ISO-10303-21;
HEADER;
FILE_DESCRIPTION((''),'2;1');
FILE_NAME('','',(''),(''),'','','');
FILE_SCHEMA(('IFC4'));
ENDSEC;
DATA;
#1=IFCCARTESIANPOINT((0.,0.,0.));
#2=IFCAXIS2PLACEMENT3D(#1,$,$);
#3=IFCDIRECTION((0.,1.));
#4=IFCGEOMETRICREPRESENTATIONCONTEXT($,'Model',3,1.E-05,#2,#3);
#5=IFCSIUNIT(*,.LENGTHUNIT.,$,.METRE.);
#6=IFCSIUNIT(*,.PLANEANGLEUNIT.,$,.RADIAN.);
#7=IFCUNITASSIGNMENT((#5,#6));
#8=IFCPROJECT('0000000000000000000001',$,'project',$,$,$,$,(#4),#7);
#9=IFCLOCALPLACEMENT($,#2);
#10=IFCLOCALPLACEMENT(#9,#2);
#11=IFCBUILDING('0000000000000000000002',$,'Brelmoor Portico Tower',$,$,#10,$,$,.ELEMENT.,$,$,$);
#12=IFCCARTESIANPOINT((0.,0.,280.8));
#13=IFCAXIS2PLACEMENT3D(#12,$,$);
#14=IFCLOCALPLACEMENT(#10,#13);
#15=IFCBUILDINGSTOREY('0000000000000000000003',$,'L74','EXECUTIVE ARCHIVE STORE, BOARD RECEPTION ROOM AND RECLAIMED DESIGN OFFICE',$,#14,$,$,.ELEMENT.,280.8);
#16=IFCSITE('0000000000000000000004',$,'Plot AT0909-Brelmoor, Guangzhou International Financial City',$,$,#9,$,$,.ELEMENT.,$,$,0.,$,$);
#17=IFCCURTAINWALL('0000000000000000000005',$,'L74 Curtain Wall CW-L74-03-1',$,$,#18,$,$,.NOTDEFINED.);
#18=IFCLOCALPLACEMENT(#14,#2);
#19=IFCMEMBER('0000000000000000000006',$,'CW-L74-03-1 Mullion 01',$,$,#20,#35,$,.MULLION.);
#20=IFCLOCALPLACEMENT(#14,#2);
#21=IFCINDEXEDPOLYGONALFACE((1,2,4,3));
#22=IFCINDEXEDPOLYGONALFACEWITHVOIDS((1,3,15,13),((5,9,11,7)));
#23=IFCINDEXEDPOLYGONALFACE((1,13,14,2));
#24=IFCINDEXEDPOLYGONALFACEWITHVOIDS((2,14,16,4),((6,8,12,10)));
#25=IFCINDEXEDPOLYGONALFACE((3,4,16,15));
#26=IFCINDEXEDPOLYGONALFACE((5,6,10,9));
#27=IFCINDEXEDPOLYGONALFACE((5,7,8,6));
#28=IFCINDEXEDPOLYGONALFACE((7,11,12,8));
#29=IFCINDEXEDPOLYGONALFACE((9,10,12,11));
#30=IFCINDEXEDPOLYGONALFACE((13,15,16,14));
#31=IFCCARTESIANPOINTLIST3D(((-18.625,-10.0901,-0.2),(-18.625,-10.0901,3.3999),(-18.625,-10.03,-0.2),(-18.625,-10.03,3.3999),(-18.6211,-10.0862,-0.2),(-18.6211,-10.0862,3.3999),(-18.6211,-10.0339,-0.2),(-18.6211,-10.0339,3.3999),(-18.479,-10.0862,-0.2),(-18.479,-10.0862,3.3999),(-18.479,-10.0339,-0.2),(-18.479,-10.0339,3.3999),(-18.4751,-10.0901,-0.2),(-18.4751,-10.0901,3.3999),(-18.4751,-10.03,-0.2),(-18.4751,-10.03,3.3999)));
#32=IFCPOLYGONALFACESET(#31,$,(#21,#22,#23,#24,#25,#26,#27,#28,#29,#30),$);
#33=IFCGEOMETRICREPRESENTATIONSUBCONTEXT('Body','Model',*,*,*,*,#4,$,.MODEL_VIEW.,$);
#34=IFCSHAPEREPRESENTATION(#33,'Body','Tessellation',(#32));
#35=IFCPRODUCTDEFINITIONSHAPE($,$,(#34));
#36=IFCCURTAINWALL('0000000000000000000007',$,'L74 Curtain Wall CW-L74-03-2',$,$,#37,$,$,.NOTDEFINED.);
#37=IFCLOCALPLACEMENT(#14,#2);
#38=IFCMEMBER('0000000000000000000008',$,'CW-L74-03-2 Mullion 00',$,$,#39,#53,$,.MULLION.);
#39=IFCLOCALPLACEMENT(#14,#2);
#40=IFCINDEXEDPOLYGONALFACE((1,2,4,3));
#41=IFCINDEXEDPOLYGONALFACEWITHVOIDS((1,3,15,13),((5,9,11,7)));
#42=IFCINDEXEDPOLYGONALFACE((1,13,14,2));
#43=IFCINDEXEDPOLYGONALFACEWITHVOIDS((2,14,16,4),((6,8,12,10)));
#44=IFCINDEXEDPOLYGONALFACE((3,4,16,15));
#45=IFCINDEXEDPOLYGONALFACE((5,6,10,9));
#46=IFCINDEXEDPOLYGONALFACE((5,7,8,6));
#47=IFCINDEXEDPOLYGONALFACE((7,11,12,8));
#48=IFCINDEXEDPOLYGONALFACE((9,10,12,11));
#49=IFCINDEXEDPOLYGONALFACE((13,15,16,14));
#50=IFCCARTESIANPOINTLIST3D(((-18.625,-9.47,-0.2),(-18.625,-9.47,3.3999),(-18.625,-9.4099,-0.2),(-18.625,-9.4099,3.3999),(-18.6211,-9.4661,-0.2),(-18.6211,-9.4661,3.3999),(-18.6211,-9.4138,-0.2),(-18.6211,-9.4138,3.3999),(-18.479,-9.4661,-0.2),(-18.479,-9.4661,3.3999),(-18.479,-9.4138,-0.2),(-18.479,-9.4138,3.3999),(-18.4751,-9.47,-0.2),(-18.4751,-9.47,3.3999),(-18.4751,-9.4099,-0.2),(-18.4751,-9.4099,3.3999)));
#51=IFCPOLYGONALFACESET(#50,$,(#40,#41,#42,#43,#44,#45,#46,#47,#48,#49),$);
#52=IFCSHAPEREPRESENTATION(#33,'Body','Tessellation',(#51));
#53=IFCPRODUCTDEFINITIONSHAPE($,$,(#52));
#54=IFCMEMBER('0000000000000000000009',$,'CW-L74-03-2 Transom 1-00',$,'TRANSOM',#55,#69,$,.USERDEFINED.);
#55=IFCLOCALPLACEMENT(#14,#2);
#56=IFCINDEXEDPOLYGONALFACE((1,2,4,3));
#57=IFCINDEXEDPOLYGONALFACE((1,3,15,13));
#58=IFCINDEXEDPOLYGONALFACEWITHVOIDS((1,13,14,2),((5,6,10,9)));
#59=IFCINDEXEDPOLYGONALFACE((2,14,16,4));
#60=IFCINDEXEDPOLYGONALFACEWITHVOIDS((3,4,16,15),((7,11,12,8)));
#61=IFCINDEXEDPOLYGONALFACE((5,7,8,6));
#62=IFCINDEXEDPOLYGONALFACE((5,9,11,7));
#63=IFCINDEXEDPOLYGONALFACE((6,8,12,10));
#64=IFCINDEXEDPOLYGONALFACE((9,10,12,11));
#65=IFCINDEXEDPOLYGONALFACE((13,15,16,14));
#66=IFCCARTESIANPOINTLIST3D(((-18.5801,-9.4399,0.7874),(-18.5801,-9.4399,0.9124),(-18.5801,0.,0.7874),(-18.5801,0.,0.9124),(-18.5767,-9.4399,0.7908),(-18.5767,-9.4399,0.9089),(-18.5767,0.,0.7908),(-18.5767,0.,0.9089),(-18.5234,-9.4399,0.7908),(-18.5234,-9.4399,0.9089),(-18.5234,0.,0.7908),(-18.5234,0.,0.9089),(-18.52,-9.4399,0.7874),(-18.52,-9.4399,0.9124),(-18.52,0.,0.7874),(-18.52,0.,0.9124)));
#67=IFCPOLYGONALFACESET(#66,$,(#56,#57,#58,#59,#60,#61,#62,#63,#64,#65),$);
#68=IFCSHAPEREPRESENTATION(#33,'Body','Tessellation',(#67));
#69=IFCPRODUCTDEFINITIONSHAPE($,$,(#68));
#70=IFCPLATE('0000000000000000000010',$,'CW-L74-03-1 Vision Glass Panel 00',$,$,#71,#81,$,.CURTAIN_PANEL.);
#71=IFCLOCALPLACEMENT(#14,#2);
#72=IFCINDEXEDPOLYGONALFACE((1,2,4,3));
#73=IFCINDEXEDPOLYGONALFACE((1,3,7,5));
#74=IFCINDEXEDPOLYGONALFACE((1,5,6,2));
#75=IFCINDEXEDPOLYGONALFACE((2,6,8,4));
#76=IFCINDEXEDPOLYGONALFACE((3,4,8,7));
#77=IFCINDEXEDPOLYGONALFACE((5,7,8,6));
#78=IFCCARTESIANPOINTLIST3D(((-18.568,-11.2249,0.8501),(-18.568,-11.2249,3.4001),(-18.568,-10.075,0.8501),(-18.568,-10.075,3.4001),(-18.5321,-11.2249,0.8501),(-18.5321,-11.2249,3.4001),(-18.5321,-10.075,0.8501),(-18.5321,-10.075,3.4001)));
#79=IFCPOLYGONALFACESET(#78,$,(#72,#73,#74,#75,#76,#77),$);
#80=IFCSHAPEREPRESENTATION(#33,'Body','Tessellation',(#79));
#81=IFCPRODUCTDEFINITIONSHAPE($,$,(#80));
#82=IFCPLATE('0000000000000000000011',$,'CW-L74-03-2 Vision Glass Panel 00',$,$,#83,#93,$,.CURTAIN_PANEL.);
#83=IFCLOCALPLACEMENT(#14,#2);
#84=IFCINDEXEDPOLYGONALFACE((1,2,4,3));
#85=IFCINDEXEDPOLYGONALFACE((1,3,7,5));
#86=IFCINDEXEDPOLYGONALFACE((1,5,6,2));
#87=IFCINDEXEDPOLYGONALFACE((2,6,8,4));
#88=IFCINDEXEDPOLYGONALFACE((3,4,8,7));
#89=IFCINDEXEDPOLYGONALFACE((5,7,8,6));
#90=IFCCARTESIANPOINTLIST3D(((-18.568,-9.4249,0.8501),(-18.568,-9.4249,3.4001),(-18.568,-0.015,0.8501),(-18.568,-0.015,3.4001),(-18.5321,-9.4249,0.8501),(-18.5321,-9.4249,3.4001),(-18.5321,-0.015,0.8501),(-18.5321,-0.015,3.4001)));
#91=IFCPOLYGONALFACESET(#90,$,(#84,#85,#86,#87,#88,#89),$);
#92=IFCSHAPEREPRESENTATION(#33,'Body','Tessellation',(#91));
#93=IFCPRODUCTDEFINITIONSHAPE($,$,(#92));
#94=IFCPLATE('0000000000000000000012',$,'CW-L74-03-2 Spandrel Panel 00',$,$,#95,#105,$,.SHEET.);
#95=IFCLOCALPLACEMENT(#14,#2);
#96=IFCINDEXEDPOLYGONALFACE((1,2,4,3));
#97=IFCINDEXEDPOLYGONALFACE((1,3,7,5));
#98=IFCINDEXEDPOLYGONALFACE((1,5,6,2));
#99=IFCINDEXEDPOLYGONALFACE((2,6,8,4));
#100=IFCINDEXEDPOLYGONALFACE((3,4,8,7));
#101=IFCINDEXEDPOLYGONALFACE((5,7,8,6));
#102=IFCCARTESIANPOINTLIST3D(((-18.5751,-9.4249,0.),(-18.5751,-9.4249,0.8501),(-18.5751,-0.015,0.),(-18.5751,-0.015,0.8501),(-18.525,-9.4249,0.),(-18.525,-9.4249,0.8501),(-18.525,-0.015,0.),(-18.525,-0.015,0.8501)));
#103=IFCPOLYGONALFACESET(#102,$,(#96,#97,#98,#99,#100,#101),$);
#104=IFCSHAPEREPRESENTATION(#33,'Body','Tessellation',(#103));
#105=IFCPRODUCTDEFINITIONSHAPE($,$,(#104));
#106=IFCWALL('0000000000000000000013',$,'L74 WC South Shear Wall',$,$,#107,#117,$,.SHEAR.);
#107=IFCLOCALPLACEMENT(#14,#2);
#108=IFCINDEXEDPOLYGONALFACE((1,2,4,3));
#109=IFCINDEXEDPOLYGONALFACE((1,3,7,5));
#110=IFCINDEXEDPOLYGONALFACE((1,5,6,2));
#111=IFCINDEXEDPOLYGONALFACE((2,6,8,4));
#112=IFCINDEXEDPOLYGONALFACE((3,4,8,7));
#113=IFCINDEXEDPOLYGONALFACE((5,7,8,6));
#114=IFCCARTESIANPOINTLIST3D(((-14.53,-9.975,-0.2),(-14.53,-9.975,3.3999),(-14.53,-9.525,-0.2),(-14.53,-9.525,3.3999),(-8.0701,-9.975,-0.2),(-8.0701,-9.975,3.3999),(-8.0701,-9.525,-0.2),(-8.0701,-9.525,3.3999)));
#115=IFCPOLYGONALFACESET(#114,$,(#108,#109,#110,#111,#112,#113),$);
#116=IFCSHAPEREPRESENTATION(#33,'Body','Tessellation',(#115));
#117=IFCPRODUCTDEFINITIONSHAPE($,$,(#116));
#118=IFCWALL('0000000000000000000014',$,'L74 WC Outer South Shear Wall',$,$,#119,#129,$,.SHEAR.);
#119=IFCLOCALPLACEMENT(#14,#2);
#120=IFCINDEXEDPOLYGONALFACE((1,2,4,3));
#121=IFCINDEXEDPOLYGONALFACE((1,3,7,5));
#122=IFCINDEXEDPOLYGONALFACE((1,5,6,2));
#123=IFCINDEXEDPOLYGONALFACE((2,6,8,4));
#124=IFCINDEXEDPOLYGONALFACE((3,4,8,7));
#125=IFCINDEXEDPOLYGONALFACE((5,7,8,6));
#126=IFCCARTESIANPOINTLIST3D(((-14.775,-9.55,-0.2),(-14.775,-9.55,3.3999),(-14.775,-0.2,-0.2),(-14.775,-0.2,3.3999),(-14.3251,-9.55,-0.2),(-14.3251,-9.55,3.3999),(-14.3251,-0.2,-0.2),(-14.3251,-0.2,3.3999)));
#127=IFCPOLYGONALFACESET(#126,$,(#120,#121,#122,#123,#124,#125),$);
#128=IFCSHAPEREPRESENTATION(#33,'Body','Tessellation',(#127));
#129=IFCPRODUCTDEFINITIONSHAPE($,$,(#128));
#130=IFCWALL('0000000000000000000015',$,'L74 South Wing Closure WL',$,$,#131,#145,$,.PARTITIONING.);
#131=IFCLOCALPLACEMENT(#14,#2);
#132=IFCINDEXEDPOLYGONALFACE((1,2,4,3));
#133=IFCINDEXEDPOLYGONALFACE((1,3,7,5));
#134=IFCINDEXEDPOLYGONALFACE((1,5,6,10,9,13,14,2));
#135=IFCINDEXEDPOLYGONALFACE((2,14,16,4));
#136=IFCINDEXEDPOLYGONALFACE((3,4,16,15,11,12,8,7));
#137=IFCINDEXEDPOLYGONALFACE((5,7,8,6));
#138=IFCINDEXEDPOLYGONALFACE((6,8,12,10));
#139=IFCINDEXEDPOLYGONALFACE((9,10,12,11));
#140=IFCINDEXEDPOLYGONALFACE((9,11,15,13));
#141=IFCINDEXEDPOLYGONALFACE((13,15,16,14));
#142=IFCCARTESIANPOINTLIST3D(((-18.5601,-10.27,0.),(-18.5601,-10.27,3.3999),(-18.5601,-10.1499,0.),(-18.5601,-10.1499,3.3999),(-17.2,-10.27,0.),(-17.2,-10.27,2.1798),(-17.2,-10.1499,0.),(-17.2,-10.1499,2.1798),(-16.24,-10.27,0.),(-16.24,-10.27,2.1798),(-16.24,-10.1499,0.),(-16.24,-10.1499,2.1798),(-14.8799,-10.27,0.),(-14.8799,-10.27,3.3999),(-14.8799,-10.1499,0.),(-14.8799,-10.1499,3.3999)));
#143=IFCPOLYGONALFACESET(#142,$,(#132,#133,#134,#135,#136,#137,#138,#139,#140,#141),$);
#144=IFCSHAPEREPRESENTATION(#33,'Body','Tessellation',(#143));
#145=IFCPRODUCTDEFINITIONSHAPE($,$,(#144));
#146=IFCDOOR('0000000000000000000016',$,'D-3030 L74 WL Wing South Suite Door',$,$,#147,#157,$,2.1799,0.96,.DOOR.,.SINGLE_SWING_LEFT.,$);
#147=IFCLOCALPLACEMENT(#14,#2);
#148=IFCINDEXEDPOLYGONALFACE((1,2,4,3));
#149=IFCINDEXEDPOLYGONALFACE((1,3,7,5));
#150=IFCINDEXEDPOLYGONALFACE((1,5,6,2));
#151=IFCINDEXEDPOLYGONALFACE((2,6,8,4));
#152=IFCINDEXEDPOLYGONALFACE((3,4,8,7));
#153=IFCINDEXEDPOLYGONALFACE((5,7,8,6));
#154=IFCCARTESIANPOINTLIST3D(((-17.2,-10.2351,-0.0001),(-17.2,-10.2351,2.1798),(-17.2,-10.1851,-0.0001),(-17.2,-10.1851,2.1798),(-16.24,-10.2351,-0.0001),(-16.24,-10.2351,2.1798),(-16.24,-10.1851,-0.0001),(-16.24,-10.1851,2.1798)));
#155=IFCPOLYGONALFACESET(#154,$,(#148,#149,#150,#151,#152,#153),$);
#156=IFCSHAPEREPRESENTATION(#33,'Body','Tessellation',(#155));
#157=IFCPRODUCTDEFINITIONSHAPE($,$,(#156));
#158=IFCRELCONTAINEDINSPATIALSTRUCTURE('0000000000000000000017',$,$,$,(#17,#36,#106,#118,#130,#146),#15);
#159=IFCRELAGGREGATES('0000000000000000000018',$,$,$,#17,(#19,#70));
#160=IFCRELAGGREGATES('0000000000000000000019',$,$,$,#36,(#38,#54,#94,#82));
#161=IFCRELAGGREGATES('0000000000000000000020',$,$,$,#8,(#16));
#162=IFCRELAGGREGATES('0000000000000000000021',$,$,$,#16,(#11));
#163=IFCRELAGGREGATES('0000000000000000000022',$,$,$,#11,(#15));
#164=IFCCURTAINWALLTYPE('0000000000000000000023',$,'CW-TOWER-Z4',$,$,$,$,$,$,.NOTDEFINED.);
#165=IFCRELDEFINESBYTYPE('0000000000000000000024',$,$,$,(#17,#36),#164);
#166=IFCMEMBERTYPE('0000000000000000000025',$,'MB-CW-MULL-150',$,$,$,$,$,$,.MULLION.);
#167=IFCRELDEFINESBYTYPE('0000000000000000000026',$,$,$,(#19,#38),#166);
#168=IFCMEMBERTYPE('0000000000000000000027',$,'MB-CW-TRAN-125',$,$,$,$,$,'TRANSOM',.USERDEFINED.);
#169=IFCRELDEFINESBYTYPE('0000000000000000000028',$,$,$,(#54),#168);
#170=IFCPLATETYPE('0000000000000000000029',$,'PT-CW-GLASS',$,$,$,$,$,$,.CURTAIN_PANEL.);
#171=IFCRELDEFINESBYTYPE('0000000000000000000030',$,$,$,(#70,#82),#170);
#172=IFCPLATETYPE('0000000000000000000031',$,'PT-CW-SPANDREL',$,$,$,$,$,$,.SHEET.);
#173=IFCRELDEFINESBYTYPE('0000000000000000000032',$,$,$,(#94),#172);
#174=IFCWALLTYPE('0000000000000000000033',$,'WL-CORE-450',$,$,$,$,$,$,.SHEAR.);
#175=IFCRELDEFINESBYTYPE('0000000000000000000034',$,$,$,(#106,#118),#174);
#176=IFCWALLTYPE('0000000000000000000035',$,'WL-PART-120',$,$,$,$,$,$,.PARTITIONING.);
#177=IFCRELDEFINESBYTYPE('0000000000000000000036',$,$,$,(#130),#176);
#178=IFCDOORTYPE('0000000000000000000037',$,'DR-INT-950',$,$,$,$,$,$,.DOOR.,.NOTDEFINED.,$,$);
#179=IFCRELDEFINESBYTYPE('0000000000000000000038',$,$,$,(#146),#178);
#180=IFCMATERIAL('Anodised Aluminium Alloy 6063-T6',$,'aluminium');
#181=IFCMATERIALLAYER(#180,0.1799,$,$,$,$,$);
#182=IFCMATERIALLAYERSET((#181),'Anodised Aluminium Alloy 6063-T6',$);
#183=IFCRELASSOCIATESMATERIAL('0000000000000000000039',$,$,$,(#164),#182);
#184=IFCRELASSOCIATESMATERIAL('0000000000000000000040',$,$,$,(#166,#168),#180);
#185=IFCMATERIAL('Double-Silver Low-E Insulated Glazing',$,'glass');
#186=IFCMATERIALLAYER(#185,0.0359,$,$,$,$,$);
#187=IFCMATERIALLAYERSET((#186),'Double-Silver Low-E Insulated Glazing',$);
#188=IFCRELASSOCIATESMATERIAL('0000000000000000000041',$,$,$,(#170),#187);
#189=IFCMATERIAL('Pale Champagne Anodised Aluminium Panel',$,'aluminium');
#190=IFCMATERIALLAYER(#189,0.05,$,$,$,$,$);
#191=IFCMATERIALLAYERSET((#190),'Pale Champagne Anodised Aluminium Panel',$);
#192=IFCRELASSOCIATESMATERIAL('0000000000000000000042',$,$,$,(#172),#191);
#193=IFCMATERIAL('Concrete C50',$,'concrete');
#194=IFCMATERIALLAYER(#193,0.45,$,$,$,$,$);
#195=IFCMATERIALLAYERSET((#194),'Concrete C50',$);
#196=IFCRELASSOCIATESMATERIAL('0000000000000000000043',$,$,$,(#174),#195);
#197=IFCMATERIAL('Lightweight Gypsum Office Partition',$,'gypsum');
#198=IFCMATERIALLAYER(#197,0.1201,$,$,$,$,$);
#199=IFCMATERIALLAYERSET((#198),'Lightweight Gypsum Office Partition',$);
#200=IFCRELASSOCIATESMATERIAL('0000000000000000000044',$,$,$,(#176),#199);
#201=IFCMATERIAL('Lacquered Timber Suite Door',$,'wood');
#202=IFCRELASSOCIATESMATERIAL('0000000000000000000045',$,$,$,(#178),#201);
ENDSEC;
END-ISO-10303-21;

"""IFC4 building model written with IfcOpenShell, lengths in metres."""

from ifc_helpers import new_model, si_unit, direction, frame, frame_2d, origin, origin_2d, place, context, subcontext, project, spatial, rectangle, hollow_rectangle, extrude, material, layer, layer_set, material_profile, profile_set, type_object, element, fill, aggregate, save


model = new_model("IFC4")

# Units and contexts
model_context = context("Model", 3, precision=1e-05, world=origin(), true_north=direction((0.0, 1.0)))
body_context = subcontext(model_context, "Body", "Model", "MODEL_VIEW")
ifc_project = project(units=[si_unit("LENGTHUNIT", "METRE"), si_unit("PLANEANGLEUNIT", "RADIAN")], contexts=[model_context])

# Site, building, storey
site_placement = place(None, origin())
site = spatial("IfcSite", under=ifc_project, at=site_placement, Name="Plot AT0909-Brelmoor, Guangzhou International Financial City", CompositionType="ELEMENT", RefElevation=0.0)
building_placement = place(site_placement, origin())
building = spatial("IfcBuilding", under=site, at=building_placement, Name="Brelmoor Portico Tower", CompositionType="ELEMENT")
storey_placement = place(building_placement, frame((0.0, 0.0, 280.8)))
storey = spatial("IfcBuildingStorey", under=building, at=storey_placement, Name="L74", Description="EXECUTIVE ARCHIVE STORE, BOARD RECEPTION ROOM AND RECLAIMED DESIGN OFFICE", CompositionType="ELEMENT", Elevation=280.8)

# Curtain wall, member
ifc_material_1 = material(Name="Anodised Aluminium Alloy 6063-T6", Category="aluminium")
ifc_layer_1 = layer(ifc_material_1, 0.1799)
ifc_layer_set_1 = layer_set([ifc_layer_1], Name="Anodised Aluminium Alloy 6063-T6")
curtain_wall_type = type_object("IfcCurtainWallType", Name="CW-TOWER-Z4", PredefinedType="NOTDEFINED", material=ifc_layer_set_1)
curtain_wall_1_placement = place(storey_placement, origin())
curtain_wall_1 = element("IfcCurtainWall", 1, at=curtain_wall_1_placement, inside=storey, type_object=curtain_wall_type, Name="L74 Curtain Wall CW-L74-03-1", PredefinedType="NOTDEFINED")
ifc_material_profile_1 = material_profile(ifc_material_1, hollow_rectangle(XDim=0.0601, YDim=0.1499, WallThickness=0.0039, at=origin_2d()), Name="ALU MULLION 60x150")
ifc_profile_set_1 = profile_set([ifc_material_profile_1], Name="Anodised Aluminium Alloy 6063-T6")
member_type_1 = type_object("IfcMemberType", Name="MB-CW-MULL-150", PredefinedType="MULLION", material=ifc_profile_set_1)
member_1_placement = place(storey_placement, frame((-18.55, -10.0601, -0.2), z_axis=(0.0, 0.0, 1.0), x_axis=(0.0, 1.0, 0.0)))
member_1 = element("IfcMember", 2, at=member_1_placement, type_object=member_type_1, Name="CW-L74-03-1 Mullion 01", PredefinedType="MULLION", context=body_context, shape_type="SweptSolid", body=[
    extrude(hollow_rectangle(XDim=0.0601, YDim=0.1499, WallThickness=0.0039, at=origin_2d()), origin(), (0.0, 0.0, 1.0), 3.5999),
])

# Curtain wall, members
curtain_wall_2_placement = place(storey_placement, origin())
curtain_wall_2 = element("IfcCurtainWall", 3, at=curtain_wall_2_placement, inside=storey, type_object=curtain_wall_type, Name="L74 Curtain Wall CW-L74-03-2", PredefinedType="NOTDEFINED")
member_2_placement = place(storey_placement, frame((-18.55, -9.4399, -0.2), z_axis=(0.0, 0.0, 1.0), x_axis=(0.0, 1.0, 0.0)))
member_2 = element("IfcMember", 4, at=member_2_placement, type_object=member_type_1, Name="CW-L74-03-2 Mullion 00", PredefinedType="MULLION", context=body_context, shape_type="SweptSolid", body=[
    extrude(hollow_rectangle(XDim=0.0601, YDim=0.1499, WallThickness=0.0039, at=origin_2d()), origin(), (0.0, 0.0, 1.0), 3.5999),
])
ifc_material_profile_2 = material_profile(ifc_material_1, hollow_rectangle(XDim=0.0601, YDim=0.125, WallThickness=0.0034, at=origin_2d()), Name="ALU TRANSOM 60x125")
ifc_profile_set_2 = profile_set([ifc_material_profile_2], Name="Anodised Aluminium Alloy 6063-T6")
member_type_2 = type_object("IfcMemberType", Name="MB-CW-TRAN-125", ElementType="TRANSOM", PredefinedType="USERDEFINED", material=ifc_profile_set_2)
member_3_placement = place(storey_placement, frame((-18.55, -9.4399, 0.8499), z_axis=(0.0, 1.0, 0.0), x_axis=(-1.0, 0.0, 0.0)))
member_3 = element("IfcMember", 5, at=member_3_placement, type_object=member_type_2, Name="CW-L74-03-2 Transom 1-00", ObjectType="TRANSOM", PredefinedType="USERDEFINED", context=body_context, shape_type="SweptSolid", body=[
    extrude(hollow_rectangle(XDim=0.0601, YDim=0.125, WallThickness=0.0034, at=origin_2d()), origin(), (0.0, 0.0, 1.0), 9.4399),
])

# Plates
ifc_material_2 = material(Name="Double-Silver Low-E Insulated Glazing", Category="glass")
ifc_layer_2 = layer(ifc_material_2, 0.0359)
ifc_layer_set_2 = layer_set([ifc_layer_2], Name="Double-Silver Low-E Insulated Glazing")
plate_type_1 = type_object("IfcPlateType", Name="PT-CW-GLASS", PredefinedType="CURTAIN_PANEL", material=ifc_layer_set_2)
plate_1_placement = place(storey_placement, frame((-18.55, -10.6499, 0.8501), z_axis=(0.0, 0.0, 1.0), x_axis=(0.0, 1.0, 0.0)))
plate_1 = element("IfcPlate", 6, at=plate_1_placement, type_object=plate_type_1, Name="CW-L74-03-1 Vision Glass Panel 00", PredefinedType="CURTAIN_PANEL", context=body_context, shape_type="SweptSolid", body=[
    extrude(rectangle(XDim=1.1499, YDim=0.0359, at=origin_2d()), origin(), (0.0, 0.0, 1.0), 2.55),
])
aggregate(curtain_wall_1, [member_1, plate_1])
plate_2_placement = place(storey_placement, frame((-18.55, -4.72, 0.8501), z_axis=(0.0, 0.0, 1.0), x_axis=(0.0, 1.0, 0.0)))
plate_2 = element("IfcPlate", 7, at=plate_2_placement, type_object=plate_type_1, Name="CW-L74-03-2 Vision Glass Panel 00", PredefinedType="CURTAIN_PANEL", context=body_context, shape_type="SweptSolid", body=[
    extrude(rectangle(XDim=9.4099, YDim=0.0359, at=origin_2d()), origin(), (0.0, 0.0, 1.0), 2.55),
])
ifc_material_3 = material(Name="Pale Champagne Anodised Aluminium Panel", Category="aluminium")
ifc_layer_3 = layer(ifc_material_3, 0.05)
ifc_layer_set_3 = layer_set([ifc_layer_3], Name="Pale Champagne Anodised Aluminium Panel")
plate_type_2 = type_object("IfcPlateType", Name="PT-CW-SPANDREL", PredefinedType="SHEET", material=ifc_layer_set_3)
plate_3_placement = place(storey_placement, frame((-18.55, -4.72, 0.0), z_axis=(0.0, 0.0, 1.0), x_axis=(0.0, 1.0, 0.0)))
plate_3 = element("IfcPlate", 8, at=plate_3_placement, type_object=plate_type_2, Name="CW-L74-03-2 Spandrel Panel 00", PredefinedType="SHEET", context=body_context, shape_type="SweptSolid", body=[
    extrude(rectangle(XDim=9.4099, YDim=0.05, at=origin_2d()), origin(), (0.0, 0.0, 1.0), 0.8501),
])
aggregate(curtain_wall_2, [member_2, member_3, plate_3, plate_2])

# Walls
ifc_material_4 = material(Name="Concrete C50", Category="concrete")
ifc_layer_4 = layer(ifc_material_4, 0.45)
ifc_layer_set_4 = layer_set([ifc_layer_4], Name="Concrete C50")
wall_type_1 = type_object("IfcWallType", Name="WL-CORE-450", PredefinedType="SHEAR", material=ifc_layer_set_4)
wall_1_placement = place(storey_placement, frame((-14.53, -9.75, -0.2), z_axis=(0.0, 0.0, 1.0), x_axis=(1.0, 0.0, 0.0)))
element("IfcWall", 9, at=wall_1_placement, inside=storey, type_object=wall_type_1, Name="L74 WC South Shear Wall", PredefinedType="SHEAR", context=body_context, shape_type="SweptSolid", body=[
    extrude(rectangle(XDim=6.46, YDim=0.45, at=frame_2d((3.23, 0.0))), origin(), (0.0, 0.0, 1.0), 3.5999),
])
wall_2_placement = place(storey_placement, frame((-14.55, -9.55, -0.2), z_axis=(0.0, 0.0, 1.0), x_axis=(0.0, 1.0, 0.0)))
element("IfcWall", 10, at=wall_2_placement, inside=storey, type_object=wall_type_1, Name="L74 WC Outer South Shear Wall", PredefinedType="SHEAR", context=body_context, shape_type="SweptSolid", body=[
    extrude(rectangle(XDim=9.3501, YDim=0.45, at=frame_2d((4.675, 0.0))), origin(), (0.0, 0.0, 1.0), 3.5999),
])

# Wall, opening, door
ifc_material_5 = material(Name="Lightweight Gypsum Office Partition", Category="gypsum")
ifc_layer_5 = layer(ifc_material_5, 0.1201)
ifc_layer_set_5 = layer_set([ifc_layer_5], Name="Lightweight Gypsum Office Partition")
wall_type_2 = type_object("IfcWallType", Name="WL-PART-120", PredefinedType="PARTITIONING", material=ifc_layer_set_5)
wall_3_placement = place(storey_placement, frame((-18.5601, -10.21, 0.0), z_axis=(0.0, 0.0, 1.0), x_axis=(1.0, 0.0, 0.0)))
wall_3 = element("IfcWall", 11, at=wall_3_placement, inside=storey, type_object=wall_type_2, Name="L74 South Wing Closure WL", PredefinedType="PARTITIONING", context=body_context, shape_type="SweptSolid", body=[
    extrude(rectangle(XDim=3.6802, YDim=0.1201, at=frame_2d((1.8401, 0.0))), origin(), (0.0, 0.0, 1.0), 3.3999),
])
opening_1_placement = place(wall_3_placement, frame((1.3601, 0.0, 0.0)))
opening_1 = element("IfcOpeningElement", 12, at=opening_1_placement, cuts=wall_3, PredefinedType="OPENING", context=body_context, shape_type="SweptSolid", body=[
    extrude(rectangle(XDim=0.96, YDim=2.1799, at=frame_2d((0.48, 1.0898))), frame((0.0, 0.0701, 0.0), z_axis=(0.0, -1.0, 0.0), x_axis=(1.0, 0.0, 0.0)), (0.0, 0.0, 1.0), 0.1401),
])
ifc_material_6 = material(Name="Lacquered Timber Suite Door", Category="wood")
door_type_1 = type_object("IfcDoorType", Name="DR-INT-950", OperationType="NOTDEFINED", PredefinedType="DOOR", material=ifc_material_6)
door_1_placement = place(opening_1_placement, origin())
door_1 = element("IfcDoor", 13, at=door_1_placement, inside=storey, type_object=door_type_1, Name="D-3030 L74 WL Wing South Suite Door", OperationType="SINGLE_SWING_LEFT", OverallHeight=2.1799, OverallWidth=0.96, PredefinedType="DOOR", context=body_context, shape_type="SweptSolid", body=[
    extrude(rectangle(XDim=0.96, YDim=2.1799, at=frame_2d((0.48, 1.0898))), frame((0.0, 0.0249, 0.0), z_axis=(0.0, -1.0, 0.0), x_axis=(1.0, 0.0, 0.0)), (0.0, 0.0, 1.0), 0.05),
])
fill(opening_1, door_1)

save(model, "model.ifc")
